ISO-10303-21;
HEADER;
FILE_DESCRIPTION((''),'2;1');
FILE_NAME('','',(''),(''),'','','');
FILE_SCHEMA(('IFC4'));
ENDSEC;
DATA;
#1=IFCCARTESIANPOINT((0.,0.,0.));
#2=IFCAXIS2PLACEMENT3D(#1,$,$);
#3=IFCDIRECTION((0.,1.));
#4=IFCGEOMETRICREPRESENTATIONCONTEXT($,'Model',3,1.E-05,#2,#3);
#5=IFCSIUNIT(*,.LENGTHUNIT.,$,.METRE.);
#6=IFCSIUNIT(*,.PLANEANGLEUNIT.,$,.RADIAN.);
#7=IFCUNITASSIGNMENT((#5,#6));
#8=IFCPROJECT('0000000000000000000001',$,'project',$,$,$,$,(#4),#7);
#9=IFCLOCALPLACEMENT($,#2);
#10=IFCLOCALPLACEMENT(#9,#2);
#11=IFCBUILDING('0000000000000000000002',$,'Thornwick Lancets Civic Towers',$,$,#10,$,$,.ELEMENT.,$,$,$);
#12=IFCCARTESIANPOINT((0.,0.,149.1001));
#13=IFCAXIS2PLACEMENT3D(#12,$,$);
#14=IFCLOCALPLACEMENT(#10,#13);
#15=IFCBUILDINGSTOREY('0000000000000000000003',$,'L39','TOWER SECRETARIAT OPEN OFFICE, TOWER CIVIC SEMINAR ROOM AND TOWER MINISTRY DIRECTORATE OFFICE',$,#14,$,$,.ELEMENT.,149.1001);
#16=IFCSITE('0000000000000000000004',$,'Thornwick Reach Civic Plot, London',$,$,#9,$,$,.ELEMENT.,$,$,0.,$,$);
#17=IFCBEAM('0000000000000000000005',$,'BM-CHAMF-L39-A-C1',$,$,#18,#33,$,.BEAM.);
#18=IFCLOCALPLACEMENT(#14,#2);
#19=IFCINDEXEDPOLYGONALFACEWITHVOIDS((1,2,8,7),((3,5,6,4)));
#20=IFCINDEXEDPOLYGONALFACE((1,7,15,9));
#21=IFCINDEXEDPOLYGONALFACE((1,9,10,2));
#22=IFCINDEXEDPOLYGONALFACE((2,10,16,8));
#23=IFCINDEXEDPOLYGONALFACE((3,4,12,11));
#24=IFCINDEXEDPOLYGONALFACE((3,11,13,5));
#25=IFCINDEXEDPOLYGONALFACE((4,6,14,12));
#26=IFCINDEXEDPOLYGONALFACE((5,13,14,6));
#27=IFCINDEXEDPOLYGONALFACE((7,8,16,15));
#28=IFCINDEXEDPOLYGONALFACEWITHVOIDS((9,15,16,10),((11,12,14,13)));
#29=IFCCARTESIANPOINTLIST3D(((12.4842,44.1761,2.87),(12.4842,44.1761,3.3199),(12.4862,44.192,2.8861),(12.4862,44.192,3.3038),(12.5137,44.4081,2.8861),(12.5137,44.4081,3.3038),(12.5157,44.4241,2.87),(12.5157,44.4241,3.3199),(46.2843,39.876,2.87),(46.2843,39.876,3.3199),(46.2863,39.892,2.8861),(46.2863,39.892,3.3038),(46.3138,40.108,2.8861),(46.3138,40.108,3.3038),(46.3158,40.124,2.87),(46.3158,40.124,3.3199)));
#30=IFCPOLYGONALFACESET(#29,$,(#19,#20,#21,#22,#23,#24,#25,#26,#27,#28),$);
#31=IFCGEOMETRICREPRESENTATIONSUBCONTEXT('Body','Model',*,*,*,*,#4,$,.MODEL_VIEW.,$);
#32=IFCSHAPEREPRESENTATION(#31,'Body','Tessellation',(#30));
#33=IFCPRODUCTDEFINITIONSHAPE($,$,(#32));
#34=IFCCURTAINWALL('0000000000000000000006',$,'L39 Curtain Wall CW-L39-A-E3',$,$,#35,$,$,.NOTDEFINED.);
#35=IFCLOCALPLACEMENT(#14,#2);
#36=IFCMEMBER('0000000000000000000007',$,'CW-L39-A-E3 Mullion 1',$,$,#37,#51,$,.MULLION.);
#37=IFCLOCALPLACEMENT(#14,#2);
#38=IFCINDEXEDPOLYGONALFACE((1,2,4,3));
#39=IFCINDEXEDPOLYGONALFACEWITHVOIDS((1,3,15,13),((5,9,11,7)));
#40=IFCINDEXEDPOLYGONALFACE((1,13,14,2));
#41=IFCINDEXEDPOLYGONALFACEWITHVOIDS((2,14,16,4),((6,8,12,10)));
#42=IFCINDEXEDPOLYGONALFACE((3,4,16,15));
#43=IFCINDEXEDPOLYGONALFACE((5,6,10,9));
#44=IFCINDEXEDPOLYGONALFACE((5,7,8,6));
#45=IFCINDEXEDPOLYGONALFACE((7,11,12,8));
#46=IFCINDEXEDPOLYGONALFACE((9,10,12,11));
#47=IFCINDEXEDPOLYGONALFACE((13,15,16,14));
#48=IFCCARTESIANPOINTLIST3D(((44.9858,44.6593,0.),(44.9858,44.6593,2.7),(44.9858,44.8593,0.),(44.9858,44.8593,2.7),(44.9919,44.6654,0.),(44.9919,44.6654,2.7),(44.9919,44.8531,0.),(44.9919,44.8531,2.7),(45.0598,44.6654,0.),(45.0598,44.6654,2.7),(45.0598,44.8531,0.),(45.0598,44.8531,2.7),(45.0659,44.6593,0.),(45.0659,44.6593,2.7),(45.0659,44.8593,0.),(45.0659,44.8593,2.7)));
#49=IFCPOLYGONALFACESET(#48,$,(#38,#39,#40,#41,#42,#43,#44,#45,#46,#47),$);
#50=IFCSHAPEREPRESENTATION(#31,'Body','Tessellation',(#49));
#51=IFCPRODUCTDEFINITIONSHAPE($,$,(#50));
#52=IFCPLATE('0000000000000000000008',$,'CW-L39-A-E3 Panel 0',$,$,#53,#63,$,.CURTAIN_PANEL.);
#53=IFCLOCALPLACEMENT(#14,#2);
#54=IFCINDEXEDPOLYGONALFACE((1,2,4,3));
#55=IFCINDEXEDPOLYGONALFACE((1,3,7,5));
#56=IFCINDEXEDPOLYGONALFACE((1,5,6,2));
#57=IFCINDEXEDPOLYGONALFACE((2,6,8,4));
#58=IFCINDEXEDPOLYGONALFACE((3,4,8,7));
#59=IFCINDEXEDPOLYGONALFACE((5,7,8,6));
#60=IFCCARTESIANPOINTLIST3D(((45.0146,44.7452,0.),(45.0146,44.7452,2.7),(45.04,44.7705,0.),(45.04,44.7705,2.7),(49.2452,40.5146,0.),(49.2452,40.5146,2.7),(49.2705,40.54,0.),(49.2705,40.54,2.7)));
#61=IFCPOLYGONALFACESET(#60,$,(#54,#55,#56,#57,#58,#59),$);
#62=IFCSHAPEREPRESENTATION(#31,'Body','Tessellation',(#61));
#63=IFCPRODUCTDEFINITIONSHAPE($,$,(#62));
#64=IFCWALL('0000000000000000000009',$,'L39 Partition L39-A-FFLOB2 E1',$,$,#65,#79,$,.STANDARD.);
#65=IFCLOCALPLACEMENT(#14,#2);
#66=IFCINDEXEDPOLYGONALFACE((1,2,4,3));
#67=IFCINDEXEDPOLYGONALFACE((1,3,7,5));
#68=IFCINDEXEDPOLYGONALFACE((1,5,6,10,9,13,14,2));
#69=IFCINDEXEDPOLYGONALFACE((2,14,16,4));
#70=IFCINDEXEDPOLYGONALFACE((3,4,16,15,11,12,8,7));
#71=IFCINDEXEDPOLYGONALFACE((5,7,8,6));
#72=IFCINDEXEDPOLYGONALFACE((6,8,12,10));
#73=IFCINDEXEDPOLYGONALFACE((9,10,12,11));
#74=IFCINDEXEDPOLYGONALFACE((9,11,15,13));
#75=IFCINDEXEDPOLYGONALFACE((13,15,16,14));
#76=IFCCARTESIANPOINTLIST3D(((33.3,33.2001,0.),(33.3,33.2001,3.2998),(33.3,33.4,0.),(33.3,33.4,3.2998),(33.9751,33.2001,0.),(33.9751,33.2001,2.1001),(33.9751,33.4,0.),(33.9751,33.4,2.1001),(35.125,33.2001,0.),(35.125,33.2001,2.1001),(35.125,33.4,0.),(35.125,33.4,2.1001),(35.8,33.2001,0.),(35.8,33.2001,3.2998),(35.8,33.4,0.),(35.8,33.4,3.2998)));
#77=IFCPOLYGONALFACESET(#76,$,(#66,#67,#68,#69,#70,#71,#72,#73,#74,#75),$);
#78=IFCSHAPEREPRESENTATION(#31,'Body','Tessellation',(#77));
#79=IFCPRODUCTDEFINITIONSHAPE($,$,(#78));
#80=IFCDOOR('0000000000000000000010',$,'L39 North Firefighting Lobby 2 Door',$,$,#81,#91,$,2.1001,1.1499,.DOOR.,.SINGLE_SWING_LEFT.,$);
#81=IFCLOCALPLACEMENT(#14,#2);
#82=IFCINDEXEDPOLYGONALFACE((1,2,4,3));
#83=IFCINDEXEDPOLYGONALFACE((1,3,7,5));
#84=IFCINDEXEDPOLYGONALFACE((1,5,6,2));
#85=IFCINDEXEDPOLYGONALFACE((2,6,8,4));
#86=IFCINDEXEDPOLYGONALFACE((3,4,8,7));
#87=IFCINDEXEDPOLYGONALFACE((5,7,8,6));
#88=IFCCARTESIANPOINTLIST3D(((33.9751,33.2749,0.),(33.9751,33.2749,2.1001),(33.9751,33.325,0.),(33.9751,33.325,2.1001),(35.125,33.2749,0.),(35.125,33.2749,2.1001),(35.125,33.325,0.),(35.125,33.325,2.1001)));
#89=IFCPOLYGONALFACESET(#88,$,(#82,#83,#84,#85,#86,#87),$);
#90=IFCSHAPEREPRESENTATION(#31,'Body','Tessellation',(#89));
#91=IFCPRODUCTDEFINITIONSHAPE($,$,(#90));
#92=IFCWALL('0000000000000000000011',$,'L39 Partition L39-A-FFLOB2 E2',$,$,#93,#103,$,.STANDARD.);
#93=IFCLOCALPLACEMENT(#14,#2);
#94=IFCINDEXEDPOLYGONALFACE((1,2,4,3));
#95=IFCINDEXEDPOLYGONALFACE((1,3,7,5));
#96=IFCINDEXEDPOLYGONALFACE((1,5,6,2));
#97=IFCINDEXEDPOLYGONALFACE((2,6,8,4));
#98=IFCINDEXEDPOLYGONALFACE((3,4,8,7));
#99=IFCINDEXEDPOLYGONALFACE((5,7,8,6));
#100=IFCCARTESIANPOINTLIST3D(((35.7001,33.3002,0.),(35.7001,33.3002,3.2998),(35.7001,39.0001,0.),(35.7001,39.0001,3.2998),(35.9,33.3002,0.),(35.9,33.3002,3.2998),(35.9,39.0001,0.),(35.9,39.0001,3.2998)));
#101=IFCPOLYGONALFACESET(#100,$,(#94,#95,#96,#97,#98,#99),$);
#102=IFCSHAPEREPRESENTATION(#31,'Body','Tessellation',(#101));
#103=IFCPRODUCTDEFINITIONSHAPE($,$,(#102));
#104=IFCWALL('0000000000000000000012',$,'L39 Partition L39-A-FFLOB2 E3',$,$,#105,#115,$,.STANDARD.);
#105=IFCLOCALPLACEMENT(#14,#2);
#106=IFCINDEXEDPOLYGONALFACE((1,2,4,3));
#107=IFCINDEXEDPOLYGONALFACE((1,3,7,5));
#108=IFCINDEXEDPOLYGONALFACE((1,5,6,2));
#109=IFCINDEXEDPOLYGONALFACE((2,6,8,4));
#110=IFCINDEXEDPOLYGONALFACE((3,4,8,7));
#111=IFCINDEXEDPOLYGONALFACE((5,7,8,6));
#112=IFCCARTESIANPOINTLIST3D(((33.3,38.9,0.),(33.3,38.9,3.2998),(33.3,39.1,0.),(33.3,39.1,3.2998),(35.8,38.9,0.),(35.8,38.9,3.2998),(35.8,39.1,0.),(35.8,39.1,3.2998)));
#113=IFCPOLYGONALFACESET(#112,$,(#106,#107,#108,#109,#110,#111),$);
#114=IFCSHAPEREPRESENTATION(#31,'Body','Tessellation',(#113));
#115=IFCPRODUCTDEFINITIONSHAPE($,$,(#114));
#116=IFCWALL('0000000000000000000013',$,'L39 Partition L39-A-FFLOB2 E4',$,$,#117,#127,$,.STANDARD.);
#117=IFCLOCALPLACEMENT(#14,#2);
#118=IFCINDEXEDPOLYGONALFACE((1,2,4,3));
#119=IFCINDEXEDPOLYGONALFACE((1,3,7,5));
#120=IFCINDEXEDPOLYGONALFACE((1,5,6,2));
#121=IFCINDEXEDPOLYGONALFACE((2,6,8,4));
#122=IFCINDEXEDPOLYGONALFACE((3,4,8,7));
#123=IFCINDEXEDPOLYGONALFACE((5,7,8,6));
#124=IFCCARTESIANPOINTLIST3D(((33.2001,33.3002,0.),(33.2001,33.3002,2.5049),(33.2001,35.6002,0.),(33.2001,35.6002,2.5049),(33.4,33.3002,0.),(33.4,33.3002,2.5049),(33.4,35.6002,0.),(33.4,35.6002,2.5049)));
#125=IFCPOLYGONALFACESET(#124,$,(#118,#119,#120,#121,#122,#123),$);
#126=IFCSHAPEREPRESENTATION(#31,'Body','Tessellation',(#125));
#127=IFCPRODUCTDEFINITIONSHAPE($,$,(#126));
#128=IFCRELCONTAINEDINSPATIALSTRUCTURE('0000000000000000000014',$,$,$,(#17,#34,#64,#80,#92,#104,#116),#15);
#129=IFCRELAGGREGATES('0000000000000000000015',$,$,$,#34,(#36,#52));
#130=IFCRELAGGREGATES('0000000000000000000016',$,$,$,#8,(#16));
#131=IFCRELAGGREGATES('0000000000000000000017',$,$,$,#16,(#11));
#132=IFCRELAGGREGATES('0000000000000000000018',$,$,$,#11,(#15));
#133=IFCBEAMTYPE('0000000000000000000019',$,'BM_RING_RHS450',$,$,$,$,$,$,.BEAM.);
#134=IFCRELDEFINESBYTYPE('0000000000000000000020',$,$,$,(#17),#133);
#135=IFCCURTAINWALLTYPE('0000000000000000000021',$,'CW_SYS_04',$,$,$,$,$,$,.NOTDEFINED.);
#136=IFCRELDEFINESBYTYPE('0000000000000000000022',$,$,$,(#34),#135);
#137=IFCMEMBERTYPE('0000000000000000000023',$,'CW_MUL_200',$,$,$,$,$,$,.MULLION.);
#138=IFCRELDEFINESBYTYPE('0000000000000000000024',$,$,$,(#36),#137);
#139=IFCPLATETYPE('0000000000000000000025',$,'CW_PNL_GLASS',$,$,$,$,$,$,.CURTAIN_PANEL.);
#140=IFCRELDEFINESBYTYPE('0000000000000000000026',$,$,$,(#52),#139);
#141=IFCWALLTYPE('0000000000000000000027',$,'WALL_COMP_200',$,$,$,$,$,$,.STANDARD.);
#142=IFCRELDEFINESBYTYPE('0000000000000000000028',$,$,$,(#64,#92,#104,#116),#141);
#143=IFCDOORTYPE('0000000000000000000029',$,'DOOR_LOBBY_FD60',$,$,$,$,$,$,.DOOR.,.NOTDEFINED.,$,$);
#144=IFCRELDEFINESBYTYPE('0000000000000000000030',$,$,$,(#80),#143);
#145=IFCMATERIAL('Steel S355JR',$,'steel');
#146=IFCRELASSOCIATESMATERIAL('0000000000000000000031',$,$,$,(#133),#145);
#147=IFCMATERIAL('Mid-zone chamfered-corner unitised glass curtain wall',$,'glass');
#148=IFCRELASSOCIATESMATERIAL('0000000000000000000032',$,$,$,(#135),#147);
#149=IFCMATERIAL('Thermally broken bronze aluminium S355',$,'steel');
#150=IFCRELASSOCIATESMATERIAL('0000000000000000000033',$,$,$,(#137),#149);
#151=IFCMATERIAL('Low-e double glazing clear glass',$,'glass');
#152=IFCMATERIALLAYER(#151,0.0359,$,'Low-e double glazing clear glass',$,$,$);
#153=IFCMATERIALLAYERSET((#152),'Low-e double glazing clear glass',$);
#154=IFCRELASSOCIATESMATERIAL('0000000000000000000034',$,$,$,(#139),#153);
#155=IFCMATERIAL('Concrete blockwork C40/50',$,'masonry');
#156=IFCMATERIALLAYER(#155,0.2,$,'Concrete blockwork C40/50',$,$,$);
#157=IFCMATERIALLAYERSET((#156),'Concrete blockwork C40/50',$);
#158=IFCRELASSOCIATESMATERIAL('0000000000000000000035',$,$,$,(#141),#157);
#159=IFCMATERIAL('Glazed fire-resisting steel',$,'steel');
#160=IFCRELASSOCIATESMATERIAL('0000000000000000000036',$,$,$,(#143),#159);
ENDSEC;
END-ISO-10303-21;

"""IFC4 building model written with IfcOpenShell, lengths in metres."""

from ifc_helpers import new_model, si_unit, direction, frame, frame_2d, origin, origin_2d, place, context, subcontext, project, spatial, rectangle, hollow_rectangle, extrude, material, layer, layer_set, material_profile, profile_set, type_object, element, fill, aggregate, save


model = new_model("IFC4")

# Units and contexts
model_context = context("Model", 3, precision=1e-05, world=origin(), true_north=direction((0.0, 1.0)))
body_context = subcontext(model_context, "Body", "Model", "MODEL_VIEW")
ifc_project = project(units=[si_unit("LENGTHUNIT", "METRE"), si_unit("PLANEANGLEUNIT", "RADIAN")], contexts=[model_context])

# Site, building, storey
site_placement = place(None, origin())
site = spatial("IfcSite", under=ifc_project, at=site_placement, Name="Thornwick Reach Civic Plot, London", CompositionType="ELEMENT", RefElevation=0.0)
building_placement = place(site_placement, origin())
building = spatial("IfcBuilding", under=site, at=building_placement, Name="Thornwick Lancets Civic Towers", CompositionType="ELEMENT")
storey_placement = place(building_placement, frame((0.0, 0.0, 149.1001)))
storey = spatial("IfcBuildingStorey", under=building, at=storey_placement, Name="L39", Description="TOWER SECRETARIAT OPEN OFFICE, TOWER CIVIC SEMINAR ROOM AND TOWER MINISTRY DIRECTORATE OFFICE", CompositionType="ELEMENT", Elevation=149.1001)

# Beam
ifc_material_1 = material(Name="Steel S355JR", Category="steel")
ifc_material_profile_1 = material_profile(ifc_material_1, hollow_rectangle(XDim=0.25, YDim=0.45, WallThickness=0.0161, at=origin_2d()), Name="RHS 450x250x16")
ifc_profile_set_1 = profile_set([ifc_material_profile_1], Name="Steel S355JR")
beam_type_1 = type_object("IfcBeamType", Name="BM_RING_RHS450", PredefinedType="BEAM", material=ifc_profile_set_1)
beam_1_placement = place(storey_placement, frame((46.3, 40.0, 3.095), z_axis=(-0.992004, 0.126203, 0.0), x_axis=(-0.126203, -0.992004, 0.0)))
element("IfcBeam", 1, at=beam_1_placement, inside=storey, type_object=beam_type_1, Name="BM-CHAMF-L39-A-C1", PredefinedType="BEAM", context=body_context, shape_type="SweptSolid", body=[
    extrude(hollow_rectangle(XDim=0.25, YDim=0.45, WallThickness=0.0161, at=origin_2d()), origin(), (0.0, 0.0, 1.0), 34.0725),
])

# Curtain wall, member, plate
ifc_material_2 = material(Name="Mid-zone chamfered-corner unitised glass curtain wall", Category="glass")
curtain_wall_type = type_object("IfcCurtainWallType", Name="CW_SYS_04", PredefinedType="NOTDEFINED", material=ifc_material_2)
curtain_wall_placement = place(storey_placement, origin())
curtain_wall = element("IfcCurtainWall", 2, at=curtain_wall_placement, inside=storey, type_object=curtain_wall_type, Name="L39 Curtain Wall CW-L39-A-E3", PredefinedType="NOTDEFINED")
ifc_material_3 = material(Name="Thermally broken bronze aluminium S355", Category="steel")
ifc_material_profile_2 = material_profile(ifc_material_3, hollow_rectangle(XDim=0.0801, YDim=0.2, WallThickness=0.0061, at=origin_2d()), Name="RHS 200x80x6")
ifc_profile_set_2 = profile_set([ifc_material_profile_2], Name="Thermally broken bronze aluminium S355")
member_type = type_object("IfcMemberType", Name="CW_MUL_200", PredefinedType="MULLION", material=ifc_profile_set_2)
member_placement = place(storey_placement, frame((45.0259, 44.7593, 0.0), z_axis=(0.0, 0.0, 1.0), x_axis=(1.0, 0.0, 0.0)))
member = element("IfcMember", 3, at=member_placement, type_object=member_type, Name="CW-L39-A-E3 Mullion 1", PredefinedType="MULLION", context=body_context, shape_type="SweptSolid", body=[
    extrude(hollow_rectangle(XDim=0.0801, YDim=0.2, WallThickness=0.0061, at=origin_2d()), origin(), (0.0, 0.0, 1.0), 2.7),
])
ifc_material_4 = material(Name="Low-e double glazing clear glass", Category="glass")
ifc_layer_1 = layer(ifc_material_4, 0.0359, Name="Low-e double glazing clear glass")
ifc_layer_set_1 = layer_set([ifc_layer_1], Name="Low-e double glazing clear glass")
plate_type = type_object("IfcPlateType", Name="CW_PNL_GLASS", PredefinedType="CURTAIN_PANEL", material=ifc_layer_set_1)
plate_placement = place(storey_placement, frame((47.1426, 42.6426, 0.0), z_axis=(0.0, 0.0, 1.0), x_axis=(-0.707107, 0.707107, 0.0)))
plate = element("IfcPlate", 4, at=plate_placement, type_object=plate_type, Name="CW-L39-A-E3 Panel 0", PredefinedType="CURTAIN_PANEL", context=body_context, shape_type="SweptSolid", body=[
    extrude(rectangle(XDim=5.9829, YDim=0.0359, at=origin_2d()), origin(), (0.0, 0.0, 1.0), 2.7),
])
aggregate(curtain_wall, [member, plate])

# Wall, opening, door
ifc_material_5 = material(Name="Concrete blockwork C40/50", Category="masonry")
ifc_layer_2 = layer(ifc_material_5, 0.2, Name="Concrete blockwork C40/50")
ifc_layer_set_2 = layer_set([ifc_layer_2], Name="Concrete blockwork C40/50")
wall_type_1 = type_object("IfcWallType", Name="WALL_COMP_200", PredefinedType="STANDARD", material=ifc_layer_set_2)
wall_1_placement = place(storey_placement, frame((33.3, 33.3, 0.0), z_axis=(0.0, 0.0, 1.0), x_axis=(1.0, 0.0, 0.0)))
wall_1 = element("IfcWall", 5, at=wall_1_placement, inside=storey, type_object=wall_type_1, Name="L39 Partition L39-A-FFLOB2 E1", PredefinedType="STANDARD", context=body_context, shape_type="SweptSolid", body=[
    extrude(rectangle(XDim=2.5, YDim=0.2, at=frame_2d((1.25, 0.0))), origin(), (0.0, 0.0, 1.0), 3.2998),
])
opening_1_placement = place(wall_1_placement, frame((0.675, 0.0, 0.0)))
opening_1 = element("IfcOpeningElement", 6, at=opening_1_placement, cuts=wall_1, PredefinedType="OPENING", context=body_context, shape_type="SweptSolid", body=[
    extrude(rectangle(XDim=1.1499, YDim=2.1001, at=frame_2d((0.575, 1.05))), frame((0.0, 0.1099, 0.0), z_axis=(0.0, -1.0, 0.0), x_axis=(1.0, 0.0, 0.0)), (0.0, 0.0, 1.0), 0.22),
])
ifc_material_6 = material(Name="Glazed fire-resisting steel", Category="steel")
door_type_1 = type_object("IfcDoorType", Name="DOOR_LOBBY_FD60", OperationType="NOTDEFINED", PredefinedType="DOOR", material=ifc_material_6)
door_1_placement = place(opening_1_placement, origin())
door_1 = element("IfcDoor", 7, at=door_1_placement, inside=storey, type_object=door_type_1, Name="L39 North Firefighting Lobby 2 Door", OperationType="SINGLE_SWING_LEFT", OverallHeight=2.1001, OverallWidth=1.1499, PredefinedType="DOOR", context=body_context, shape_type="SweptSolid", body=[
    extrude(rectangle(XDim=1.1499, YDim=2.1001, at=frame_2d((0.575, 1.05))), frame((0.0, 0.0249, 0.0), z_axis=(0.0, -1.0, 0.0), x_axis=(1.0, 0.0, 0.0)), (0.0, 0.0, 1.0), 0.05),
])
fill(opening_1, door_1)

# Walls
wall_2_placement = place(storey_placement, frame((35.8, 33.3, 0.0), z_axis=(0.0, 0.0, 1.0), x_axis=(0.0, 1.0, 0.0)))
element("IfcWall", 8, at=wall_2_placement, inside=storey, type_object=wall_type_1, Name="L39 Partition L39-A-FFLOB2 E2", PredefinedType="STANDARD", context=body_context, shape_type="SweptSolid", body=[
    extrude(rectangle(XDim=5.7, YDim=0.2, at=frame_2d((2.8501, 0.0))), origin(), (0.0, 0.0, 1.0), 3.2998),
])
wall_3_placement = place(storey_placement, frame((35.8, 39.0, 0.0), z_axis=(0.0, 0.0, 1.0), x_axis=(-1.0, 0.0, 0.0)))
element("IfcWall", 9, at=wall_3_placement, inside=storey, type_object=wall_type_1, Name="L39 Partition L39-A-FFLOB2 E3", PredefinedType="STANDARD", context=body_context, shape_type="SweptSolid", body=[
    extrude(rectangle(XDim=2.5, YDim=0.2, at=frame_2d((1.25, 0.0))), origin(), (0.0, 0.0, 1.0), 3.2998),
])
wall_4_placement = place(storey_placement, frame((33.3, 35.6001, 0.0), z_axis=(0.0, 0.0, 1.0), x_axis=(0.0, -1.0, 0.0)))
element("IfcWall", 10, at=wall_4_placement, inside=storey, type_object=wall_type_1, Name="L39 Partition L39-A-FFLOB2 E4", PredefinedType="STANDARD", context=body_context, shape_type="SweptSolid", body=[
    extrude(rectangle(XDim=2.3, YDim=0.2, at=frame_2d((1.1499, 0.0))), origin(), (0.0, 0.0, 1.0), 2.5049),
])

save(model, "model.ifc")
